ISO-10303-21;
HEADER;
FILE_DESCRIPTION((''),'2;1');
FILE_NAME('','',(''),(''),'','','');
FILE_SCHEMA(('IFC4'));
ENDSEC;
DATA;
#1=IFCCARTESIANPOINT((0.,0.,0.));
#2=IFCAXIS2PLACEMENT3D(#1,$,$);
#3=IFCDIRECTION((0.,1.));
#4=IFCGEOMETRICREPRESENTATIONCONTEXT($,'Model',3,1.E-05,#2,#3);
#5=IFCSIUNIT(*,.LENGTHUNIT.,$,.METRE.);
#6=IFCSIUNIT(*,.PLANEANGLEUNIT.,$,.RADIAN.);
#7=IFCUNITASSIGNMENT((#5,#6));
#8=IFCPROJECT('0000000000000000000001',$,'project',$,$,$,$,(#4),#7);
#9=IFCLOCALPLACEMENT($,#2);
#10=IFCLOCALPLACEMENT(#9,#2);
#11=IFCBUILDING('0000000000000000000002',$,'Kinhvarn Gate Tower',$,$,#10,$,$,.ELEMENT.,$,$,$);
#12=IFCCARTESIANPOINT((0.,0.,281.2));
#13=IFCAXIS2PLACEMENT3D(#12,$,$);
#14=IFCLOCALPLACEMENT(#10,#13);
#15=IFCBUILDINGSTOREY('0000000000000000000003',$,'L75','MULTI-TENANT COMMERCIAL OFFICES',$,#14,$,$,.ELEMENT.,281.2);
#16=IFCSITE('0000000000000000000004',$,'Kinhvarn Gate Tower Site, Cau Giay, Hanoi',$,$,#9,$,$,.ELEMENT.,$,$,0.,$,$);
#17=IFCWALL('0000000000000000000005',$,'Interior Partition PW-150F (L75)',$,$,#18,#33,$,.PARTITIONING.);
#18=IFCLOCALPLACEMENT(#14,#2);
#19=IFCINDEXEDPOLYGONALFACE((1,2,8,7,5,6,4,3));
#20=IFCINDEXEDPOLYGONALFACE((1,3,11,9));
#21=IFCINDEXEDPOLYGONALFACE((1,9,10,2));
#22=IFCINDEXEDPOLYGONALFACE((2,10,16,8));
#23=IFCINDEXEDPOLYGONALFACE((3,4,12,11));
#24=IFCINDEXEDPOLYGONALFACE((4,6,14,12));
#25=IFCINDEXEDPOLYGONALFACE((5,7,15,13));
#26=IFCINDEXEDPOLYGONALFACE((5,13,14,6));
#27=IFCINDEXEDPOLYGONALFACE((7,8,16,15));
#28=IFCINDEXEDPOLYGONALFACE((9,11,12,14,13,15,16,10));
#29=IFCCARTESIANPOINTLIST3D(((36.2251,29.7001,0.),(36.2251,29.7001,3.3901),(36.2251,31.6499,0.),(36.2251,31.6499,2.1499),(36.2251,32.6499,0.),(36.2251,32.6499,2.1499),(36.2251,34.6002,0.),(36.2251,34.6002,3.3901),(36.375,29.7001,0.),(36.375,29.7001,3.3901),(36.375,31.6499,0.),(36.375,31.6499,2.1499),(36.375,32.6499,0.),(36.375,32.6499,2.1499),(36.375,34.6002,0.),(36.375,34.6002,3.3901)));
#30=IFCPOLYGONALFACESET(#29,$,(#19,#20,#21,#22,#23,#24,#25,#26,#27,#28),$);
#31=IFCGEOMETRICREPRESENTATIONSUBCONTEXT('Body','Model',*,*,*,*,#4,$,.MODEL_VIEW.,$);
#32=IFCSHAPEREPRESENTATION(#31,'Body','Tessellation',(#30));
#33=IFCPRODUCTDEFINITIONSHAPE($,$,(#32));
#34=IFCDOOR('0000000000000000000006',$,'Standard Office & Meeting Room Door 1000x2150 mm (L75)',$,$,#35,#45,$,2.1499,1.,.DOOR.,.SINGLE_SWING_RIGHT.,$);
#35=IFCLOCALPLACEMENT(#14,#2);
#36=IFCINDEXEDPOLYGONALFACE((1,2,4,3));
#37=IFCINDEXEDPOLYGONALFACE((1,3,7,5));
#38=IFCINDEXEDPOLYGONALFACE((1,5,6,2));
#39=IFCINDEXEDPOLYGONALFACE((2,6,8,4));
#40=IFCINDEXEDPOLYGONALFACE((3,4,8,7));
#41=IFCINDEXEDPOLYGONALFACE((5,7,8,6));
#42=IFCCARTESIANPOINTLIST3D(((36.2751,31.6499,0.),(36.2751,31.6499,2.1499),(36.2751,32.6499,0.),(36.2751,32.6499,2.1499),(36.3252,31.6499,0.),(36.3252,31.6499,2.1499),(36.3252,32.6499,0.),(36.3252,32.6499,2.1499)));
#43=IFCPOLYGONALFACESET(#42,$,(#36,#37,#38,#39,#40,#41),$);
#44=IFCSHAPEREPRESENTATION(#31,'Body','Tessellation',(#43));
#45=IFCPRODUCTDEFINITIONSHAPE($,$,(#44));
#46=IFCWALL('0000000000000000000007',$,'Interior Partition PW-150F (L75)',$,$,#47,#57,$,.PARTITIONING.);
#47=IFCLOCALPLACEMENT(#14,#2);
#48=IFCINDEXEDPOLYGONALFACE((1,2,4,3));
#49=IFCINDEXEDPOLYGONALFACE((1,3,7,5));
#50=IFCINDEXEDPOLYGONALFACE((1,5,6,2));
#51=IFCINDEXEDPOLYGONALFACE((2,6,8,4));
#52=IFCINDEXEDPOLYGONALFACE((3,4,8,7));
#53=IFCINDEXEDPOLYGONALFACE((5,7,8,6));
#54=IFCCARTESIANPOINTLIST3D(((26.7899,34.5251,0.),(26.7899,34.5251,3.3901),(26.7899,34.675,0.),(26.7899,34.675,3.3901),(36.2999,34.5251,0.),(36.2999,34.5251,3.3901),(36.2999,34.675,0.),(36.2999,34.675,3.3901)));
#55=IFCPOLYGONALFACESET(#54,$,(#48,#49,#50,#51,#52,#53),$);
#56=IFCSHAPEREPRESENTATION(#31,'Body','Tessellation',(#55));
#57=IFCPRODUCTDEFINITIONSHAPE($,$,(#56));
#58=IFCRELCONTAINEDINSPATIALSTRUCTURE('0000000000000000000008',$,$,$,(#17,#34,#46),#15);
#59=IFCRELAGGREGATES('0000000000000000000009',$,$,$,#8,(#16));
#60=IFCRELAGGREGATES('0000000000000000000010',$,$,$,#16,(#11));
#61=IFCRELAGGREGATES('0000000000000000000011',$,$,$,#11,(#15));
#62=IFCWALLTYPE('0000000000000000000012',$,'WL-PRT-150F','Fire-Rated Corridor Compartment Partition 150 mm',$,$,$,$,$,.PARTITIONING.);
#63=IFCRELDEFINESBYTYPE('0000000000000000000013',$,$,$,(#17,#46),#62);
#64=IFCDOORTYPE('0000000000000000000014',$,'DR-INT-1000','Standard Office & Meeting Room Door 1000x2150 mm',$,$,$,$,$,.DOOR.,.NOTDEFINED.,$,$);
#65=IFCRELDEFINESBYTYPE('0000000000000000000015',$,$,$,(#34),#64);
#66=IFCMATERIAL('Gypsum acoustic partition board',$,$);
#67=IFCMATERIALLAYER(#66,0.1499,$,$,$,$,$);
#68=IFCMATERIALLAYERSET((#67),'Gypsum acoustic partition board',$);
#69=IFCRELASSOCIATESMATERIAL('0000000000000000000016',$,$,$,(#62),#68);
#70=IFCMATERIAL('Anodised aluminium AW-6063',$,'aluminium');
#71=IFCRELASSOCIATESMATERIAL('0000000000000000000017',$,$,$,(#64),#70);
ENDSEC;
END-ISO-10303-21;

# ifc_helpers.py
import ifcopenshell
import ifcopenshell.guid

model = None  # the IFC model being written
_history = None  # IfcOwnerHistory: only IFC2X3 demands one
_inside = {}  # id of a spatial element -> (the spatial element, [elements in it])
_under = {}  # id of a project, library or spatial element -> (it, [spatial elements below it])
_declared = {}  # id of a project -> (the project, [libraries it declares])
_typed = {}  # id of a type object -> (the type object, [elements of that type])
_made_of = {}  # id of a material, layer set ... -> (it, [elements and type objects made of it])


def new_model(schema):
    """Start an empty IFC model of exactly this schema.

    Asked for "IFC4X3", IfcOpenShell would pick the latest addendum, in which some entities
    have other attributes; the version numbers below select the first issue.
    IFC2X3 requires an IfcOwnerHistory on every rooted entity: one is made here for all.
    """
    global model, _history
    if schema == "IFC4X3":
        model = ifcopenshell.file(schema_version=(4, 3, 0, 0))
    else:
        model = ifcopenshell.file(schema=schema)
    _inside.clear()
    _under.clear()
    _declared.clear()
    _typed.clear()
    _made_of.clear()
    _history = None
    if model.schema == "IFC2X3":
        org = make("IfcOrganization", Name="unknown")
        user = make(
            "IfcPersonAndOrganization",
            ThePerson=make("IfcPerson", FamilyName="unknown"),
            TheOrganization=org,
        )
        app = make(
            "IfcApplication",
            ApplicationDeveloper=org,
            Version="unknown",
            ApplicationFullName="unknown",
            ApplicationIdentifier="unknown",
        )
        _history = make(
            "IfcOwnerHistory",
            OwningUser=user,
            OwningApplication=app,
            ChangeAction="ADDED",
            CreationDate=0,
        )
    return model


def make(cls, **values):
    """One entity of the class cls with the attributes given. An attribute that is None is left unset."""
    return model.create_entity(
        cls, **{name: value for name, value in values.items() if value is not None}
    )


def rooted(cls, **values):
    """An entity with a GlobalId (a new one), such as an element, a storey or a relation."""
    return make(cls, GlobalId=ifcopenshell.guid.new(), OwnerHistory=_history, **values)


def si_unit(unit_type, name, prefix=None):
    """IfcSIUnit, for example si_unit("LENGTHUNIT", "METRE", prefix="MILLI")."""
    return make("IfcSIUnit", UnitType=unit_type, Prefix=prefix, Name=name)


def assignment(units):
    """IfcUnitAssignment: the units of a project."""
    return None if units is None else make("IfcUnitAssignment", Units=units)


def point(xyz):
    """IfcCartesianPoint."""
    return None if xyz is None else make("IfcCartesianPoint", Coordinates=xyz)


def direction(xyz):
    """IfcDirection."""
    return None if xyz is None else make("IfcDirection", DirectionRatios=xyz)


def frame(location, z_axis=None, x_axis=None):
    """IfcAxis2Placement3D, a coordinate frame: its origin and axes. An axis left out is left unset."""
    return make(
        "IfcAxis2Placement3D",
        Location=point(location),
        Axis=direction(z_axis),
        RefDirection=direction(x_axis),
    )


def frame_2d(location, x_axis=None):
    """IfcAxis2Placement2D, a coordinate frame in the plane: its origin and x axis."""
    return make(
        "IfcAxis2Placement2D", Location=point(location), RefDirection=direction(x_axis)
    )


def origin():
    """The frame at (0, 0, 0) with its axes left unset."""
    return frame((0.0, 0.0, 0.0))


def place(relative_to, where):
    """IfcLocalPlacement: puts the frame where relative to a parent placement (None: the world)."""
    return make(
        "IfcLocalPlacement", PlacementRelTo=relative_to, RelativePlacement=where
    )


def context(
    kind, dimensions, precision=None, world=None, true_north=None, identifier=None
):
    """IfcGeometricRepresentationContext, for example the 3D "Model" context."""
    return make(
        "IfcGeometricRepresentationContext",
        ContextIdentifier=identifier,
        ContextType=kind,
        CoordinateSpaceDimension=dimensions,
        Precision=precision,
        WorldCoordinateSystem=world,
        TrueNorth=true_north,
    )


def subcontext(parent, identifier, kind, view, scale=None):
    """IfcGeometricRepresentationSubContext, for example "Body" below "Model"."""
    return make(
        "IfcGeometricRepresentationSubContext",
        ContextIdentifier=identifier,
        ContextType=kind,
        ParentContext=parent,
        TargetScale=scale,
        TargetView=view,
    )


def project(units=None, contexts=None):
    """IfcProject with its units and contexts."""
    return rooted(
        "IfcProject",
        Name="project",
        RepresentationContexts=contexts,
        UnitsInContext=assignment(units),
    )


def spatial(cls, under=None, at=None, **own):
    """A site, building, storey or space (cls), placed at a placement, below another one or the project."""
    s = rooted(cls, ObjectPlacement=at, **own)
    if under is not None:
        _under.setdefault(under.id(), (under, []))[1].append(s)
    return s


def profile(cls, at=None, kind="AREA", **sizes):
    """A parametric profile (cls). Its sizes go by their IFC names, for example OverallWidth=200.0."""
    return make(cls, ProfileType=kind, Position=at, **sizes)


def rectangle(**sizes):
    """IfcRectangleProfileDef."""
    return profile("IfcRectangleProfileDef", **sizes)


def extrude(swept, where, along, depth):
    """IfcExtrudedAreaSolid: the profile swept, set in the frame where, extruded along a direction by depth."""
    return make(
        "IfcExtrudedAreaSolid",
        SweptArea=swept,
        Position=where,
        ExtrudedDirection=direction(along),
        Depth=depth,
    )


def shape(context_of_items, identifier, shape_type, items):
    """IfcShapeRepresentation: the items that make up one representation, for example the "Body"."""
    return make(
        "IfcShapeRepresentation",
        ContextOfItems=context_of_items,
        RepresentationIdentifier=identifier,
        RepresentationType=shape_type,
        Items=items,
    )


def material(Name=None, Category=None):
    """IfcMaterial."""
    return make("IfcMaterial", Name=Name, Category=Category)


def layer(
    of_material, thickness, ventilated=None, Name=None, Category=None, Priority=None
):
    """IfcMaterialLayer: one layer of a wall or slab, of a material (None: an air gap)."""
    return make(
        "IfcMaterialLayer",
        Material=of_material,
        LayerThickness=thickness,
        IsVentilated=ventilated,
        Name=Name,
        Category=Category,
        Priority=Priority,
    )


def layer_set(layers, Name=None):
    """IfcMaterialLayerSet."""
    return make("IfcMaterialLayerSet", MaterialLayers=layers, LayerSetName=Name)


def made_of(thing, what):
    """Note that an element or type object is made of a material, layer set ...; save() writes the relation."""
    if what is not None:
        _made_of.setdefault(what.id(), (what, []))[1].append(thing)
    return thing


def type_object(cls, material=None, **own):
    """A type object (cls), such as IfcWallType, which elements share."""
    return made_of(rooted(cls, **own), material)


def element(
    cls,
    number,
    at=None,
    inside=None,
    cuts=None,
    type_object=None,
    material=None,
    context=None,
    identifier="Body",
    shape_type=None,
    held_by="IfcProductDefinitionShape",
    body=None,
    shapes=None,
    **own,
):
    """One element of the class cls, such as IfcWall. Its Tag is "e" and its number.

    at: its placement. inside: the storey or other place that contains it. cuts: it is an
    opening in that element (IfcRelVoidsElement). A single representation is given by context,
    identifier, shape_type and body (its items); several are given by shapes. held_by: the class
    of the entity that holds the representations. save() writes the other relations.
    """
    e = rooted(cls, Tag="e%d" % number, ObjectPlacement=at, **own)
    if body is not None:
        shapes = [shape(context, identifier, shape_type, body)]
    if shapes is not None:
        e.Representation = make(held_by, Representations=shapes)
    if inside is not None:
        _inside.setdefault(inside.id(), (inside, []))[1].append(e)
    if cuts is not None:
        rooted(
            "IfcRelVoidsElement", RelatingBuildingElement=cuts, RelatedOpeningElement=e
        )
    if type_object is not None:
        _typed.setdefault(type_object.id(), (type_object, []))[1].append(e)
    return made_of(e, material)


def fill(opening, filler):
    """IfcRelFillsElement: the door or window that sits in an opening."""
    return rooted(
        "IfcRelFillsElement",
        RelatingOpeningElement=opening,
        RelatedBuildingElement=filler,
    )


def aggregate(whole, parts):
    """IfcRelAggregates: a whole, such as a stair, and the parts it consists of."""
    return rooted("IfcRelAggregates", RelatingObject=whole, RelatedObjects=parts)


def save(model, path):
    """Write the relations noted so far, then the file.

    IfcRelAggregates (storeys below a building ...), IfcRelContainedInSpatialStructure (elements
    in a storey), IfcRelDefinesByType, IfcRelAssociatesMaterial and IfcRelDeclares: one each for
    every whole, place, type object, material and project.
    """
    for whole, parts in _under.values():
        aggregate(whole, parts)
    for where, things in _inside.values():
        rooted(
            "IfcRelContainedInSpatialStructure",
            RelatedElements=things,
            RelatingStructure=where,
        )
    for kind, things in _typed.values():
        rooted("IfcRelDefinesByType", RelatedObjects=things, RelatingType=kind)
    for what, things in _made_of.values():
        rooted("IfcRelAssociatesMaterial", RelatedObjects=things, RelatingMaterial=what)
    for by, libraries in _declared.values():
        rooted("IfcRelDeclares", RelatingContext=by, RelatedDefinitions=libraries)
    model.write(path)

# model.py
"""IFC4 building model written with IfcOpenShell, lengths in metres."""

from ifc_helpers import new_model, si_unit, direction, frame, frame_2d, origin, place, context, subcontext, project, spatial, rectangle, extrude, material, layer, layer_set, type_object, element, fill, save


model = new_model("IFC4")

# Units and contexts
model_context = context("Model", 3, precision=1e-05, world=origin(), true_north=direction((0.0, 1.0)))
body_context = subcontext(model_context, "Body", "Model", "MODEL_VIEW")
ifc_project = project(units=[si_unit("LENGTHUNIT", "METRE"), si_unit("PLANEANGLEUNIT", "RADIAN")], contexts=[model_context])

# Site, building, storey
site_placement = place(None, origin())
site = spatial("IfcSite", under=ifc_project, at=site_placement, Name="Kinhvarn Gate Tower Site, Cau Giay, Hanoi", CompositionType="ELEMENT", RefElevation=0.0)
building_placement = place(site_placement, origin())
building = spatial("IfcBuilding", under=site, at=building_placement, Name="Kinhvarn Gate Tower", CompositionType="ELEMENT")
storey_placement = place(building_placement, frame((0.0, 0.0, 281.2)))
storey = spatial("IfcBuildingStorey", under=building, at=storey_placement, Name="L75", Description="MULTI-TENANT COMMERCIAL OFFICES", CompositionType="ELEMENT", Elevation=281.2)

# Shared definitions
ifc_material_1 = material(Name="Gypsum acoustic partition board")
ifc_layer_1 = layer(ifc_material_1, 0.1499)
ifc_layer_set_1 = layer_set([ifc_layer_1], Name="Gypsum acoustic partition board")
wall_type_1 = type_object("IfcWallType", Name="WL-PRT-150F", Description="Fire-Rated Corridor Compartment Partition 150 mm", PredefinedType="PARTITIONING", material=ifc_layer_set_1)

# Wall, opening, door
wall_1_placement = place(storey_placement, frame((36.3, 29.7, 0.0), z_axis=(0.0, 0.0, 1.0), x_axis=(0.0, 1.0, 0.0)))
wall_1 = element("IfcWall", 1, at=wall_1_placement, inside=storey, type_object=wall_type_1, Name="Interior Partition PW-150F (L75)", PredefinedType="PARTITIONING", context=body_context, shape_type="SweptSolid", body=[
    extrude(rectangle(XDim=4.9001, YDim=0.1499, at=frame_2d((2.4502, 0.0))), origin(), (0.0, 0.0, 1.0), 3.3901),
])
opening_1_placement = place(wall_1_placement, frame((1.95, 0.0, 0.0)))
opening_1 = element("IfcOpeningElement", 2, at=opening_1_placement, cuts=wall_1, PredefinedType="OPENING", context=body_context, shape_type="SweptSolid", body=[
    extrude(rectangle(XDim=1.0, YDim=2.1499, at=frame_2d((0.5, 1.075))), frame((0.0, 0.085, 0.0), z_axis=(0.0, -1.0, 0.0), x_axis=(1.0, 0.0, 0.0)), (0.0, 0.0, 1.0), 0.1699),
])
ifc_material_2 = material(Name="Anodised aluminium AW-6063", Category="aluminium")
door_type = type_object("IfcDoorType", Name="DR-INT-1000", Description="Standard Office & Meeting Room Door 1000x2150 mm", OperationType="NOTDEFINED", PredefinedType="DOOR", material=ifc_material_2)
door_1_placement = place(opening_1_placement, origin())
door_1 = element("IfcDoor", 3, at=door_1_placement, inside=storey, type_object=door_type, Name="Standard Office & Meeting Room Door 1000x2150 mm (L75)", OperationType="SINGLE_SWING_RIGHT", OverallHeight=2.1499, OverallWidth=1.0, PredefinedType="DOOR", context=body_context, shape_type="SweptSolid", body=[
    extrude(rectangle(XDim=1.0, YDim=2.1499, at=frame_2d((0.5, 1.075))), frame((0.0, 0.0249, 0.0), z_axis=(0.0, -1.0, 0.0), x_axis=(1.0, 0.0, 0.0)), (0.0, 0.0, 1.0), 0.05),
])
fill(opening_1, door_1)

# Wall
wall_2_placement = place(storey_placement, frame((26.79, 34.6001, 0.0), z_axis=(0.0, 0.0, 1.0), x_axis=(1.0, 0.0, 0.0)))
element("IfcWall", 4, at=wall_2_placement, inside=storey, type_object=wall_type_1, Name="Interior Partition PW-150F (L75)", PredefinedType="PARTITIONING", context=body_context, shape_type="SweptSolid", body=[
    extrude(rectangle(XDim=9.51, YDim=0.1499, at=frame_2d((4.7549, 0.0))), origin(), (0.0, 0.0, 1.0), 3.3901),
])

save(model, "model.ifc")
